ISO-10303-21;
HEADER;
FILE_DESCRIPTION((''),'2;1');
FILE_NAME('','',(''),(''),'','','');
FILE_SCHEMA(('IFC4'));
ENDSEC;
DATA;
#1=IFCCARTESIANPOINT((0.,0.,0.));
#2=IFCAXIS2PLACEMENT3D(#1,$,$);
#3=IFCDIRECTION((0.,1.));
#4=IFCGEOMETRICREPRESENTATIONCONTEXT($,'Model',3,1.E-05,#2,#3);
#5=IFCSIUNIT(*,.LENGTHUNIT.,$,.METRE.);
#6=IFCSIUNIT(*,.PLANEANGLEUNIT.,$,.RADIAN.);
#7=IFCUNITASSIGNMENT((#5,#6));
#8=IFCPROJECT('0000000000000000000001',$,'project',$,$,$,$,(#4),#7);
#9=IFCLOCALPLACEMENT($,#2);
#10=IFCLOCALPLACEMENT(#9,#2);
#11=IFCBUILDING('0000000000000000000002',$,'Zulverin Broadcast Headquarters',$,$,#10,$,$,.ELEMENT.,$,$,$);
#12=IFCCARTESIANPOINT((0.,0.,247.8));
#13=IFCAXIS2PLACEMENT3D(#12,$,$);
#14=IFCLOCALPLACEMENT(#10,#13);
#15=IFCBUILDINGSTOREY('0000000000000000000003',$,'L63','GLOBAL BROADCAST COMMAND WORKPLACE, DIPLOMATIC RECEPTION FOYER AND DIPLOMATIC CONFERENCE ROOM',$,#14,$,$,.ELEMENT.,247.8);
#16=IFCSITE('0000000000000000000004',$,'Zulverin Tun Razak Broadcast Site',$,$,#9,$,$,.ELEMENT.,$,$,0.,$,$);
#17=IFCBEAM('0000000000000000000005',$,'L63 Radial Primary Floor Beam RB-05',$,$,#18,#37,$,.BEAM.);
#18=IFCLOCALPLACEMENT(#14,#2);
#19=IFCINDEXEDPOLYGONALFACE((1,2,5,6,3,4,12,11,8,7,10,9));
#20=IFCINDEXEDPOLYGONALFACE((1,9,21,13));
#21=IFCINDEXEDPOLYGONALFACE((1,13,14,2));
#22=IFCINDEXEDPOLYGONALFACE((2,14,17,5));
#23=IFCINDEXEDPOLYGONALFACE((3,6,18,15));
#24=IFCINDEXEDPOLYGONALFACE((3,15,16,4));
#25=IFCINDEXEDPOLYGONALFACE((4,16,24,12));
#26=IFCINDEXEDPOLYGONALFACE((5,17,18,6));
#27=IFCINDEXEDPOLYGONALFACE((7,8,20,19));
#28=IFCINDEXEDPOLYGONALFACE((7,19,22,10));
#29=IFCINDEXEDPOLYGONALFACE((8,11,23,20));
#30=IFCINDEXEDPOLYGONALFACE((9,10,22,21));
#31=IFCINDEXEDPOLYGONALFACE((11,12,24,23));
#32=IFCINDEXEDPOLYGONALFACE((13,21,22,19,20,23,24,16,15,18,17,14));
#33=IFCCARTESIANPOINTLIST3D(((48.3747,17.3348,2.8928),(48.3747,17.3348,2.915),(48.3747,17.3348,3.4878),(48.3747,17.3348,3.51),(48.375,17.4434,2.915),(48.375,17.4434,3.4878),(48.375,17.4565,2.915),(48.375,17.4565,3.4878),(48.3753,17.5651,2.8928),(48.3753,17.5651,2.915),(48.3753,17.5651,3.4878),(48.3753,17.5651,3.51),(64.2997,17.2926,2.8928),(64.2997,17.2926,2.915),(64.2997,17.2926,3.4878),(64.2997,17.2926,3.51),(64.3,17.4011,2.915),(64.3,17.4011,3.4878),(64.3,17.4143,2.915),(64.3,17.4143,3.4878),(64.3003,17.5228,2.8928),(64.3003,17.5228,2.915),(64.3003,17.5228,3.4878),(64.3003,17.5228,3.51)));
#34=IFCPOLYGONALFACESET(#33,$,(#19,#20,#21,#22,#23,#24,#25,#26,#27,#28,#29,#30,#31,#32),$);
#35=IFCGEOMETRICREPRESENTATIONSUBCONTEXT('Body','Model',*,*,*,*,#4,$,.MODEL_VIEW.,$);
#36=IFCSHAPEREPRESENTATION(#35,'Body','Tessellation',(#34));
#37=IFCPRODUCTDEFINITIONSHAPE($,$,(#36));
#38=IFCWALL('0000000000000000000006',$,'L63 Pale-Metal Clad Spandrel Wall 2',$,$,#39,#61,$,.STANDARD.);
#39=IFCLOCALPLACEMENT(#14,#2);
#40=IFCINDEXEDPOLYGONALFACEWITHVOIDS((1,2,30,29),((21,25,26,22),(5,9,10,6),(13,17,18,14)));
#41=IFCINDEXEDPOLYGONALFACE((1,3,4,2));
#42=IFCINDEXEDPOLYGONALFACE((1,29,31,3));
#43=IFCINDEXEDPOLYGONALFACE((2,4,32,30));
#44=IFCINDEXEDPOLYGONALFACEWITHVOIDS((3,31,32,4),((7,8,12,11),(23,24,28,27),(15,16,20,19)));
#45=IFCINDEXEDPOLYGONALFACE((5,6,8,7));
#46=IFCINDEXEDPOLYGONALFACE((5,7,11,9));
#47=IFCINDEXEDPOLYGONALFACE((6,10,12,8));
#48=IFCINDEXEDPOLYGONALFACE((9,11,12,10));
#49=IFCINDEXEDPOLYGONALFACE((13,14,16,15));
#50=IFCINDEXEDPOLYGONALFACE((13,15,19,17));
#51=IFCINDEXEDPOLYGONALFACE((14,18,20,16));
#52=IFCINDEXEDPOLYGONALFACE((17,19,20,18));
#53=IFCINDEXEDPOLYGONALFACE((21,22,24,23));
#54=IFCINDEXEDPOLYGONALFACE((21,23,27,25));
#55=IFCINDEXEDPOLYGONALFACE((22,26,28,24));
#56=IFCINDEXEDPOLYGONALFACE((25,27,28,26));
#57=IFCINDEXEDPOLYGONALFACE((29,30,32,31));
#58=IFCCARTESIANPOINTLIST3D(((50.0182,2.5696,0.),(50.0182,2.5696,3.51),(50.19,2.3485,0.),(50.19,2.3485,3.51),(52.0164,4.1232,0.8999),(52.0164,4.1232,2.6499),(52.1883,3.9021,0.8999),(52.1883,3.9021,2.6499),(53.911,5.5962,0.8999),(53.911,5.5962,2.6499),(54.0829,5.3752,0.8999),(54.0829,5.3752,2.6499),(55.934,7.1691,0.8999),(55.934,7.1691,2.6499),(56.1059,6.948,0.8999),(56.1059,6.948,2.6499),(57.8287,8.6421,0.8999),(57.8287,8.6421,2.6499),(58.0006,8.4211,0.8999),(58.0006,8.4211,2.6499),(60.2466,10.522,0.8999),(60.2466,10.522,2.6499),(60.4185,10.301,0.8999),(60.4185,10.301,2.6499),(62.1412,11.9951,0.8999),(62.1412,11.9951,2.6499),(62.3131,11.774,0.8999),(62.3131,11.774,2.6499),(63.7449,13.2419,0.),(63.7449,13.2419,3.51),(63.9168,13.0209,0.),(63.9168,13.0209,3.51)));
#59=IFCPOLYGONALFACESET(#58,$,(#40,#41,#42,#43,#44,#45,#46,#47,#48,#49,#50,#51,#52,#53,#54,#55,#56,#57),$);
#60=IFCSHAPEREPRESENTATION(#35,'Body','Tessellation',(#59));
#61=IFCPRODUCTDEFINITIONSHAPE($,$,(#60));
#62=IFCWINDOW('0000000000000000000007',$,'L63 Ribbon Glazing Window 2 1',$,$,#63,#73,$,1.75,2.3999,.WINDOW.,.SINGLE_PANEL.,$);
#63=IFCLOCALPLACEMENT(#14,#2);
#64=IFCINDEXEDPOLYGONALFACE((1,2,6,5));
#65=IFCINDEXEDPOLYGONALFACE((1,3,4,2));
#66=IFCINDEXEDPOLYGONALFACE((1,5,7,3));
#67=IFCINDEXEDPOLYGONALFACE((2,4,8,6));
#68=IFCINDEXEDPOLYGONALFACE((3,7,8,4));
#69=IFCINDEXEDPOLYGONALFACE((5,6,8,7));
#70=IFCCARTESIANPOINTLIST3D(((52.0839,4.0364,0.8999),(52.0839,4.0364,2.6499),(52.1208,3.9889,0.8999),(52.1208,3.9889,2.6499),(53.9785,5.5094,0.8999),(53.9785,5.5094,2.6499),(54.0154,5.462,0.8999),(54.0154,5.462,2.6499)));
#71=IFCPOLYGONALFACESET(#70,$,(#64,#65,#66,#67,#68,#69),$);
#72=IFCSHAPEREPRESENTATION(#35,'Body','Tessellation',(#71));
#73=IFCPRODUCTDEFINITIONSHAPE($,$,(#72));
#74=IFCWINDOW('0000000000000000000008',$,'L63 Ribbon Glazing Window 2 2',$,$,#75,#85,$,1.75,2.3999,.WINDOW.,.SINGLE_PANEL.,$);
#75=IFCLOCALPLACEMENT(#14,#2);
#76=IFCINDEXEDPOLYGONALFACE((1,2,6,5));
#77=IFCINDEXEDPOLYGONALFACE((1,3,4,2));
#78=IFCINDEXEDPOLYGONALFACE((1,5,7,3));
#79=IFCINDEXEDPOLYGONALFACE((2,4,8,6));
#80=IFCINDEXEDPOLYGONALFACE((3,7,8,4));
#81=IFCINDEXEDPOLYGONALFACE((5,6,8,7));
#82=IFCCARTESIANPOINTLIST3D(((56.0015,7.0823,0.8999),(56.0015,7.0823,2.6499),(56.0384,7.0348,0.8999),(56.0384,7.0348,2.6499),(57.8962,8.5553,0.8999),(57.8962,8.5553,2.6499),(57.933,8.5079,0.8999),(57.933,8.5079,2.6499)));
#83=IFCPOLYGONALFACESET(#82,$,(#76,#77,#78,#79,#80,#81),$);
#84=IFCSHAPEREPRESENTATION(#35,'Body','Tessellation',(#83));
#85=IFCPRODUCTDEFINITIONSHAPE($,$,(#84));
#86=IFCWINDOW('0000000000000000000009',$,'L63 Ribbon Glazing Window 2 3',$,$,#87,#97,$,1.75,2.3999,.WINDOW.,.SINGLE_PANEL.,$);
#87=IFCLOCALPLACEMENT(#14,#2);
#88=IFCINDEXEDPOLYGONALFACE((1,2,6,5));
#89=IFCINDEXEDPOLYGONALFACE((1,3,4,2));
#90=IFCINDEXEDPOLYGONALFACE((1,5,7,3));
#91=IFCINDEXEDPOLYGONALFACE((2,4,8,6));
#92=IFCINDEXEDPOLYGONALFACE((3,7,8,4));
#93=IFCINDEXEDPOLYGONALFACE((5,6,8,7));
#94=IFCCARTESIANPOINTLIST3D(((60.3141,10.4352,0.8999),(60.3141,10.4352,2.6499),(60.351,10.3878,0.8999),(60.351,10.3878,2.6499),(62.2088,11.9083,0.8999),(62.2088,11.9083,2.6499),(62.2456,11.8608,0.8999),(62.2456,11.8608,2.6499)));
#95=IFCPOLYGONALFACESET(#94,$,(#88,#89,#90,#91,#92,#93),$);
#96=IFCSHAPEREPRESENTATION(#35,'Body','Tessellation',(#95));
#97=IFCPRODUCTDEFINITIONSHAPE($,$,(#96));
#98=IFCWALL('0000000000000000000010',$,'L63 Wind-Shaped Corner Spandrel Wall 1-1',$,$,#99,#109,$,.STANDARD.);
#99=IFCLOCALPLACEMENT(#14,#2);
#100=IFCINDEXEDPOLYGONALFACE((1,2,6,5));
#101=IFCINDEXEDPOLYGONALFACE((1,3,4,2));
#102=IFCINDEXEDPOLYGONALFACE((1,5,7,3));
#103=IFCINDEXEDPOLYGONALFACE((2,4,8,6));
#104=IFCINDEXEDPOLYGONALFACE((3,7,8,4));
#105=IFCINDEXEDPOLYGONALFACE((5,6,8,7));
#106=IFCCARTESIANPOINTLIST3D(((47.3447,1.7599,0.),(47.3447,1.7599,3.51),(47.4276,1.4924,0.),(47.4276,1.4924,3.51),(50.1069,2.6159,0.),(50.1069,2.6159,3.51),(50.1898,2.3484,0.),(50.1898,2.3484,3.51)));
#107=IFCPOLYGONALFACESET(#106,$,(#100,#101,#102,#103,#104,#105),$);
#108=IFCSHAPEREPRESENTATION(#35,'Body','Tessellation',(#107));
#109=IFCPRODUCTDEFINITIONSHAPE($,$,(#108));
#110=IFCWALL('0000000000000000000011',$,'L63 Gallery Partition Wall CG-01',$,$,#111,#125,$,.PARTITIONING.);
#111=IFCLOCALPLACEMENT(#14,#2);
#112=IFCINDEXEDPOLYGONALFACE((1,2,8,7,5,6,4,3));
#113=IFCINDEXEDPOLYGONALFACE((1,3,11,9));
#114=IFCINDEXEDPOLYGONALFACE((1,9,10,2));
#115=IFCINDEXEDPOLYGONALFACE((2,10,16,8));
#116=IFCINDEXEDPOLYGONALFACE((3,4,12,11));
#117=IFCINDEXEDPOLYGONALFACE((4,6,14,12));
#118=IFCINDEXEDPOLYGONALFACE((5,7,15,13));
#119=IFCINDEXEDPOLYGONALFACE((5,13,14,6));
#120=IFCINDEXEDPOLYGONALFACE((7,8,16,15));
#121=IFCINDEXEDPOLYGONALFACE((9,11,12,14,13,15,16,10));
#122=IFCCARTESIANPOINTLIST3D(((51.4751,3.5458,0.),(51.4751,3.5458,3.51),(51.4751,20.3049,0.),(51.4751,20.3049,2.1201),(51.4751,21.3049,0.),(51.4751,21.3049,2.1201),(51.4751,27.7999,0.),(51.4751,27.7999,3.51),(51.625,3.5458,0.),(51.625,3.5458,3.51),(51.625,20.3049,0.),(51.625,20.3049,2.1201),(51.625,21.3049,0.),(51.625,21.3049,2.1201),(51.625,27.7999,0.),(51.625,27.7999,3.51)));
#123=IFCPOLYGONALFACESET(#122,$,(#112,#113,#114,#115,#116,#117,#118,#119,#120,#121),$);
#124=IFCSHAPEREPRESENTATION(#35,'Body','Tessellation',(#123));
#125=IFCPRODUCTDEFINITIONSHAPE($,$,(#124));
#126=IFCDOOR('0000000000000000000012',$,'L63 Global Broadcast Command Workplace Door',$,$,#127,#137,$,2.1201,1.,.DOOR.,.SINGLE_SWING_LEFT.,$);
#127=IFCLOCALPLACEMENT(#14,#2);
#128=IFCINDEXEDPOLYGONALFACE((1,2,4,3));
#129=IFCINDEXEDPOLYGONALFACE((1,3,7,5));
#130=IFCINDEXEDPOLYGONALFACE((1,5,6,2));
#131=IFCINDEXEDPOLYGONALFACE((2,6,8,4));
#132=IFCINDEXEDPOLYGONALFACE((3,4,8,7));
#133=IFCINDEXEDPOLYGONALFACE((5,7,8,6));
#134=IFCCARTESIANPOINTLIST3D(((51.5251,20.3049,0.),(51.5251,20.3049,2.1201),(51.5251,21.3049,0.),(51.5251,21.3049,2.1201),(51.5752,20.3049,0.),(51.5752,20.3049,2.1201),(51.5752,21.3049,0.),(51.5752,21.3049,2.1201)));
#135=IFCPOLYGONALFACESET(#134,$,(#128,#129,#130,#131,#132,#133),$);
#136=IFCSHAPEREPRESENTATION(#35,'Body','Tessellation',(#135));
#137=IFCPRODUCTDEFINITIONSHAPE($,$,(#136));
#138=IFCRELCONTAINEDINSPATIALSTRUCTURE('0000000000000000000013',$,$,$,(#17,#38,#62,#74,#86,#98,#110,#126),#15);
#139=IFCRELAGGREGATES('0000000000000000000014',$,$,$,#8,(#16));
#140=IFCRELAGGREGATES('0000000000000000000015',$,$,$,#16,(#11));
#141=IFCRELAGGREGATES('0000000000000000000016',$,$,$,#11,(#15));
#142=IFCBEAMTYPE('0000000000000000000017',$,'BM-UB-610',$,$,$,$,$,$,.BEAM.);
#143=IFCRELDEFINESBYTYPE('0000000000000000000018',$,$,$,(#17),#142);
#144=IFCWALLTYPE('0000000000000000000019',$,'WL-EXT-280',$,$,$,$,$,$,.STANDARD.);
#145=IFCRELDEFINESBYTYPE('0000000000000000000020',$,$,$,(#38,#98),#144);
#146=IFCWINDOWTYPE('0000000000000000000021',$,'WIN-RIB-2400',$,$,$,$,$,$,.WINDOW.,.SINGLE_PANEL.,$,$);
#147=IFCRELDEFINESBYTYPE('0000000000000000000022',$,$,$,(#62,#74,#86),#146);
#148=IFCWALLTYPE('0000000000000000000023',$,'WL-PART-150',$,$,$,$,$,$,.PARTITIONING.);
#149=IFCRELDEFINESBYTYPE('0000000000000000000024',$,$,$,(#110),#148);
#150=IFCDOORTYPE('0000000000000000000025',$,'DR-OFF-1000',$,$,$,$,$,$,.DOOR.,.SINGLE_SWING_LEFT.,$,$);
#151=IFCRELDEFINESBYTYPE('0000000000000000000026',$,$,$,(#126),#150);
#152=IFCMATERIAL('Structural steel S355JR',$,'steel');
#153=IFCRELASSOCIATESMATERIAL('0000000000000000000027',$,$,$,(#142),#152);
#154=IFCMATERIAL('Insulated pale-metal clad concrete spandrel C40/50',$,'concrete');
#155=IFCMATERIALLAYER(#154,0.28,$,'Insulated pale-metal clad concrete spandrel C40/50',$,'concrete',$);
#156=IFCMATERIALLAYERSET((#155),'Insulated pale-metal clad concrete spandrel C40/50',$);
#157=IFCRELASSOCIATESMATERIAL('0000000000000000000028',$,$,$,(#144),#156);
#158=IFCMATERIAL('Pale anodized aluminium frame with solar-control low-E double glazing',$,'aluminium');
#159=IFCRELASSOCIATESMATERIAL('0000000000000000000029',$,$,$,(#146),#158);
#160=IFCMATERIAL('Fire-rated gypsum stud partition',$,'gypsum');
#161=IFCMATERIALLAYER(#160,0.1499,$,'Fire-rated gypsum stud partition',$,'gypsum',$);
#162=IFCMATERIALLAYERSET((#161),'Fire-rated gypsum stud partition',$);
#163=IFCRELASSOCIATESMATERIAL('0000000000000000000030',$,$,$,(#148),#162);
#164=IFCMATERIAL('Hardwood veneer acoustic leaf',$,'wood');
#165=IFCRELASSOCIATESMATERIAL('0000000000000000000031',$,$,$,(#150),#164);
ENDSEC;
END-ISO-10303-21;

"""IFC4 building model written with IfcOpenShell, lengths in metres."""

from ifc_helpers import new_model, si_unit, direction, frame, frame_2d, origin, origin_2d, place, context, subcontext, project, spatial, rectangle, i_section, extrude, material, layer, layer_set, material_profile, profile_set, type_object, element, fill, save


model = new_model("IFC4")

# Units and contexts
model_context = context("Model", 3, precision=1e-05, world=origin(), true_north=direction((0.0, 1.0)))
body_context = subcontext(model_context, "Body", "Model", "MODEL_VIEW")
ifc_project = project(units=[si_unit("LENGTHUNIT", "METRE"), si_unit("PLANEANGLEUNIT", "RADIAN")], contexts=[model_context])

# Site, building, storey
site_placement = place(None, origin())
site = spatial("IfcSite", under=ifc_project, at=site_placement, Name="Zulverin Tun Razak Broadcast Site", CompositionType="ELEMENT", RefElevation=0.0)
building_placement = place(site_placement, origin())
building = spatial("IfcBuilding", under=site, at=building_placement, Name="Zulverin Broadcast Headquarters", CompositionType="ELEMENT")
storey_placement = place(building_placement, frame((0.0, 0.0, 247.8)))
storey = spatial("IfcBuildingStorey", under=building, at=storey_placement, Name="L63", Description="GLOBAL BROADCAST COMMAND WORKPLACE, DIPLOMATIC RECEPTION FOYER AND DIPLOMATIC CONFERENCE ROOM", CompositionType="ELEMENT", Elevation=247.8)

# Beam
ifc_material_1 = material(Name="Structural steel S355JR", Category="steel")
ifc_material_profile_1 = material_profile(ifc_material_1, i_section(OverallWidth=0.2302, OverallDepth=0.6172, WebThickness=0.0132, FlangeThickness=0.0222, at=origin_2d()), Name="Structural steel S355JR", Category="steel")
ifc_profile_set_1 = profile_set([ifc_material_profile_1], Name="Structural steel S355JR")
beam_type_1 = type_object("IfcBeamType", Name="BM-UB-610", PredefinedType="BEAM", material=ifc_profile_set_1)
beam_1_placement = place(storey_placement, frame((48.375, 17.45, 3.2014), z_axis=(0.999996, -0.002652, 0.0), x_axis=(0.002652, 0.999996, 0.0)))
element("IfcBeam", 1, at=beam_1_placement, inside=storey, type_object=beam_type_1, Name="L63 Radial Primary Floor Beam RB-05", PredefinedType="BEAM", context=body_context, shape_type="SweptSolid", body=[
    extrude(i_section(OverallWidth=0.2302, OverallDepth=0.6172, WebThickness=0.0132, FlangeThickness=0.0222, at=origin_2d()), origin(), (0.0, 0.0, 1.0), 15.925),
])

# Wall, openings, windows
ifc_material_2 = material(Name="Insulated pale-metal clad concrete spandrel C40/50", Category="concrete")
ifc_layer_1 = layer(ifc_material_2, 0.28, Name="Insulated pale-metal clad concrete spandrel C40/50", Category="concrete")
ifc_layer_set_1 = layer_set([ifc_layer_1], Name="Insulated pale-metal clad concrete spandrel C40/50")
wall_type_1 = type_object("IfcWallType", Name="WL-EXT-280", PredefinedType="STANDARD", material=ifc_layer_set_1)
wall_1_placement = place(storey_placement, frame((50.104, 2.459, 0.0), z_axis=(0.0, 0.0, 1.0), x_axis=(0.789465, 0.613796, 0.0)))
wall_1 = element("IfcWall", 2, at=wall_1_placement, inside=storey, type_object=wall_type_1, Name="L63 Pale-Metal Clad Spandrel Wall 2", PredefinedType="STANDARD", context=body_context, shape_type="SweptSolid", body=[
    extrude(rectangle(XDim=17.3875, YDim=0.28, at=frame_2d((8.6938, 0.0))), origin(), (0.0, 0.0, 1.0), 3.51),
])
opening_1_placement = place(wall_1_placement, frame((2.5312, 0.0, 0.8999)))
opening_1 = element("IfcOpeningElement", 3, at=opening_1_placement, cuts=wall_1, PredefinedType="OPENING", context=body_context, shape_type="SweptSolid", body=[
    extrude(rectangle(XDim=2.3999, YDim=1.75, at=frame_2d((1.2, 0.875))), frame((0.0, 0.1499, 0.0), z_axis=(0.0, -1.0, 0.0), x_axis=(1.0, 0.0, 0.0)), (0.0, 0.0, 1.0), 0.3),
])
opening_2_placement = place(wall_1_placement, frame((7.4937, 0.0, 0.8999)))
opening_2 = element("IfcOpeningElement", 4, at=opening_2_placement, cuts=wall_1, PredefinedType="OPENING", context=body_context, shape_type="SweptSolid", body=[
    extrude(rectangle(XDim=2.3999, YDim=1.75, at=frame_2d((1.2, 0.875))), frame((0.0, 0.1499, 0.0), z_axis=(0.0, -1.0, 0.0), x_axis=(1.0, 0.0, 0.0)), (0.0, 0.0, 1.0), 0.3),
])
opening_3_placement = place(wall_1_placement, frame((12.9563, 0.0, 0.8999)))
opening_3 = element("IfcOpeningElement", 5, at=opening_3_placement, cuts=wall_1, PredefinedType="OPENING", context=body_context, shape_type="SweptSolid", body=[
    extrude(rectangle(XDim=2.3999, YDim=1.75, at=frame_2d((1.2, 0.875))), frame((0.0, 0.1499, 0.0), z_axis=(0.0, -1.0, 0.0), x_axis=(1.0, 0.0, 0.0)), (0.0, 0.0, 1.0), 0.3),
])
ifc_material_3 = material(Name="Pale anodized aluminium frame with solar-control low-E double glazing", Category="aluminium")
window_type = type_object("IfcWindowType", Name="WIN-RIB-2400", PartitioningType="SINGLE_PANEL", PredefinedType="WINDOW", material=ifc_material_3)
window_1_placement = place(opening_1_placement, origin())
window_1 = element("IfcWindow", 6, at=window_1_placement, inside=storey, type_object=window_type, Name="L63 Ribbon Glazing Window 2 1", OverallHeight=1.75, OverallWidth=2.3999, PartitioningType="SINGLE_PANEL", PredefinedType="WINDOW", context=body_context, shape_type="SweptSolid", body=[
    extrude(rectangle(XDim=2.3999, YDim=1.75, at=frame_2d((1.2, 0.875))), frame((0.0, 0.03, 0.0), z_axis=(0.0, -1.0, 0.0), x_axis=(1.0, 0.0, 0.0)), (0.0, 0.0, 1.0), 0.0601),
])
fill(opening_1, window_1)
window_2_placement = place(opening_2_placement, origin())
window_2 = element("IfcWindow", 7, at=window_2_placement, inside=storey, type_object=window_type, Name="L63 Ribbon Glazing Window 2 2", OverallHeight=1.75, OverallWidth=2.3999, PartitioningType="SINGLE_PANEL", PredefinedType="WINDOW", context=body_context, shape_type="SweptSolid", body=[
    extrude(rectangle(XDim=2.3999, YDim=1.75, at=frame_2d((1.2, 0.875))), frame((0.0, 0.03, 0.0), z_axis=(0.0, -1.0, 0.0), x_axis=(1.0, 0.0, 0.0)), (0.0, 0.0, 1.0), 0.0601),
])
fill(opening_2, window_2)
window_3_placement = place(opening_3_placement, origin())
window_3 = element("IfcWindow", 8, at=window_3_placement, inside=storey, type_object=window_type, Name="L63 Ribbon Glazing Window 2 3", OverallHeight=1.75, OverallWidth=2.3999, PartitioningType="SINGLE_PANEL", PredefinedType="WINDOW", context=body_context, shape_type="SweptSolid", body=[
    extrude(rectangle(XDim=2.3999, YDim=1.75, at=frame_2d((1.2, 0.875))), frame((0.0, 0.03, 0.0), z_axis=(0.0, -1.0, 0.0), x_axis=(1.0, 0.0, 0.0)), (0.0, 0.0, 1.0), 0.0601),
])
fill(opening_3, window_3)

# Wall
wall_2_placement = place(storey_placement, frame((47.3862, 1.6262, 0.0), z_axis=(0.0, 0.0, 1.0), x_axis=(0.955189, 0.295996, 0.0)))
element("IfcWall", 9, at=wall_2_placement, inside=storey, type_object=wall_type_1, Name="L63 Wind-Shaped Corner Spandrel Wall 1-1", PredefinedType="STANDARD", context=body_context, shape_type="SweptSolid", body=[
    extrude(rectangle(XDim=2.8918, YDim=0.28, at=frame_2d((1.4458, 0.0))), origin(), (0.0, 0.0, 1.0), 3.51),
])

# Wall, opening, door
ifc_material_4 = material(Name="Fire-rated gypsum stud partition", Category="gypsum")
ifc_layer_2 = layer(ifc_material_4, 0.1499, Name="Fire-rated gypsum stud partition", Category="gypsum")
ifc_layer_set_2 = layer_set([ifc_layer_2], Name="Fire-rated gypsum stud partition")
wall_type_2 = type_object("IfcWallType", Name="WL-PART-150", PredefinedType="PARTITIONING", material=ifc_layer_set_2)
wall_3_placement = place(storey_placement, frame((51.55, 3.5459, 0.0), z_axis=(0.0, 0.0, 1.0), x_axis=(0.0, 1.0, 0.0)))
wall_3 = element("IfcWall", 10, at=wall_3_placement, inside=storey, type_object=wall_type_2, Name="L63 Gallery Partition Wall CG-01", PredefinedType="PARTITIONING", context=body_context, shape_type="SweptSolid", body=[
    extrude(rectangle(XDim=24.2542, YDim=0.1499, at=frame_2d((12.127, 0.0))), origin(), (0.0, 0.0, 1.0), 3.51),
])
opening_4_placement = place(wall_3_placement, frame((16.759, 0.0, 0.0)))
opening_4 = element("IfcOpeningElement", 11, at=opening_4_placement, cuts=wall_3, PredefinedType="OPENING", context=body_context, shape_type="SweptSolid", body=[
    extrude(rectangle(XDim=1.0, YDim=2.1201, at=frame_2d((0.5, 1.0601))), frame((0.0, 0.085, 0.0), z_axis=(0.0, -1.0, 0.0), x_axis=(1.0, 0.0, 0.0)), (0.0, 0.0, 1.0), 0.1699),
])
ifc_material_5 = material(Name="Hardwood veneer acoustic leaf", Category="wood")
door_type_1 = type_object("IfcDoorType", Name="DR-OFF-1000", OperationType="SINGLE_SWING_LEFT", PredefinedType="DOOR", material=ifc_material_5)
door_1_placement = place(opening_4_placement, origin())
door_1 = element("IfcDoor", 12, at=door_1_placement, inside=storey, type_object=door_type_1, Name="L63 Global Broadcast Command Workplace Door", OperationType="SINGLE_SWING_LEFT", OverallHeight=2.1201, OverallWidth=1.0, PredefinedType="DOOR", context=body_context, shape_type="SweptSolid", body=[
    extrude(rectangle(XDim=1.0, YDim=2.1201, at=frame_2d((0.5, 1.0601))), frame((0.0, 0.0249, 0.0), z_axis=(0.0, -1.0, 0.0), x_axis=(1.0, 0.0, 0.0)), (0.0, 0.0, 1.0), 0.05),
])
fill(opening_4, door_1)

save(model, "model.ifc")
